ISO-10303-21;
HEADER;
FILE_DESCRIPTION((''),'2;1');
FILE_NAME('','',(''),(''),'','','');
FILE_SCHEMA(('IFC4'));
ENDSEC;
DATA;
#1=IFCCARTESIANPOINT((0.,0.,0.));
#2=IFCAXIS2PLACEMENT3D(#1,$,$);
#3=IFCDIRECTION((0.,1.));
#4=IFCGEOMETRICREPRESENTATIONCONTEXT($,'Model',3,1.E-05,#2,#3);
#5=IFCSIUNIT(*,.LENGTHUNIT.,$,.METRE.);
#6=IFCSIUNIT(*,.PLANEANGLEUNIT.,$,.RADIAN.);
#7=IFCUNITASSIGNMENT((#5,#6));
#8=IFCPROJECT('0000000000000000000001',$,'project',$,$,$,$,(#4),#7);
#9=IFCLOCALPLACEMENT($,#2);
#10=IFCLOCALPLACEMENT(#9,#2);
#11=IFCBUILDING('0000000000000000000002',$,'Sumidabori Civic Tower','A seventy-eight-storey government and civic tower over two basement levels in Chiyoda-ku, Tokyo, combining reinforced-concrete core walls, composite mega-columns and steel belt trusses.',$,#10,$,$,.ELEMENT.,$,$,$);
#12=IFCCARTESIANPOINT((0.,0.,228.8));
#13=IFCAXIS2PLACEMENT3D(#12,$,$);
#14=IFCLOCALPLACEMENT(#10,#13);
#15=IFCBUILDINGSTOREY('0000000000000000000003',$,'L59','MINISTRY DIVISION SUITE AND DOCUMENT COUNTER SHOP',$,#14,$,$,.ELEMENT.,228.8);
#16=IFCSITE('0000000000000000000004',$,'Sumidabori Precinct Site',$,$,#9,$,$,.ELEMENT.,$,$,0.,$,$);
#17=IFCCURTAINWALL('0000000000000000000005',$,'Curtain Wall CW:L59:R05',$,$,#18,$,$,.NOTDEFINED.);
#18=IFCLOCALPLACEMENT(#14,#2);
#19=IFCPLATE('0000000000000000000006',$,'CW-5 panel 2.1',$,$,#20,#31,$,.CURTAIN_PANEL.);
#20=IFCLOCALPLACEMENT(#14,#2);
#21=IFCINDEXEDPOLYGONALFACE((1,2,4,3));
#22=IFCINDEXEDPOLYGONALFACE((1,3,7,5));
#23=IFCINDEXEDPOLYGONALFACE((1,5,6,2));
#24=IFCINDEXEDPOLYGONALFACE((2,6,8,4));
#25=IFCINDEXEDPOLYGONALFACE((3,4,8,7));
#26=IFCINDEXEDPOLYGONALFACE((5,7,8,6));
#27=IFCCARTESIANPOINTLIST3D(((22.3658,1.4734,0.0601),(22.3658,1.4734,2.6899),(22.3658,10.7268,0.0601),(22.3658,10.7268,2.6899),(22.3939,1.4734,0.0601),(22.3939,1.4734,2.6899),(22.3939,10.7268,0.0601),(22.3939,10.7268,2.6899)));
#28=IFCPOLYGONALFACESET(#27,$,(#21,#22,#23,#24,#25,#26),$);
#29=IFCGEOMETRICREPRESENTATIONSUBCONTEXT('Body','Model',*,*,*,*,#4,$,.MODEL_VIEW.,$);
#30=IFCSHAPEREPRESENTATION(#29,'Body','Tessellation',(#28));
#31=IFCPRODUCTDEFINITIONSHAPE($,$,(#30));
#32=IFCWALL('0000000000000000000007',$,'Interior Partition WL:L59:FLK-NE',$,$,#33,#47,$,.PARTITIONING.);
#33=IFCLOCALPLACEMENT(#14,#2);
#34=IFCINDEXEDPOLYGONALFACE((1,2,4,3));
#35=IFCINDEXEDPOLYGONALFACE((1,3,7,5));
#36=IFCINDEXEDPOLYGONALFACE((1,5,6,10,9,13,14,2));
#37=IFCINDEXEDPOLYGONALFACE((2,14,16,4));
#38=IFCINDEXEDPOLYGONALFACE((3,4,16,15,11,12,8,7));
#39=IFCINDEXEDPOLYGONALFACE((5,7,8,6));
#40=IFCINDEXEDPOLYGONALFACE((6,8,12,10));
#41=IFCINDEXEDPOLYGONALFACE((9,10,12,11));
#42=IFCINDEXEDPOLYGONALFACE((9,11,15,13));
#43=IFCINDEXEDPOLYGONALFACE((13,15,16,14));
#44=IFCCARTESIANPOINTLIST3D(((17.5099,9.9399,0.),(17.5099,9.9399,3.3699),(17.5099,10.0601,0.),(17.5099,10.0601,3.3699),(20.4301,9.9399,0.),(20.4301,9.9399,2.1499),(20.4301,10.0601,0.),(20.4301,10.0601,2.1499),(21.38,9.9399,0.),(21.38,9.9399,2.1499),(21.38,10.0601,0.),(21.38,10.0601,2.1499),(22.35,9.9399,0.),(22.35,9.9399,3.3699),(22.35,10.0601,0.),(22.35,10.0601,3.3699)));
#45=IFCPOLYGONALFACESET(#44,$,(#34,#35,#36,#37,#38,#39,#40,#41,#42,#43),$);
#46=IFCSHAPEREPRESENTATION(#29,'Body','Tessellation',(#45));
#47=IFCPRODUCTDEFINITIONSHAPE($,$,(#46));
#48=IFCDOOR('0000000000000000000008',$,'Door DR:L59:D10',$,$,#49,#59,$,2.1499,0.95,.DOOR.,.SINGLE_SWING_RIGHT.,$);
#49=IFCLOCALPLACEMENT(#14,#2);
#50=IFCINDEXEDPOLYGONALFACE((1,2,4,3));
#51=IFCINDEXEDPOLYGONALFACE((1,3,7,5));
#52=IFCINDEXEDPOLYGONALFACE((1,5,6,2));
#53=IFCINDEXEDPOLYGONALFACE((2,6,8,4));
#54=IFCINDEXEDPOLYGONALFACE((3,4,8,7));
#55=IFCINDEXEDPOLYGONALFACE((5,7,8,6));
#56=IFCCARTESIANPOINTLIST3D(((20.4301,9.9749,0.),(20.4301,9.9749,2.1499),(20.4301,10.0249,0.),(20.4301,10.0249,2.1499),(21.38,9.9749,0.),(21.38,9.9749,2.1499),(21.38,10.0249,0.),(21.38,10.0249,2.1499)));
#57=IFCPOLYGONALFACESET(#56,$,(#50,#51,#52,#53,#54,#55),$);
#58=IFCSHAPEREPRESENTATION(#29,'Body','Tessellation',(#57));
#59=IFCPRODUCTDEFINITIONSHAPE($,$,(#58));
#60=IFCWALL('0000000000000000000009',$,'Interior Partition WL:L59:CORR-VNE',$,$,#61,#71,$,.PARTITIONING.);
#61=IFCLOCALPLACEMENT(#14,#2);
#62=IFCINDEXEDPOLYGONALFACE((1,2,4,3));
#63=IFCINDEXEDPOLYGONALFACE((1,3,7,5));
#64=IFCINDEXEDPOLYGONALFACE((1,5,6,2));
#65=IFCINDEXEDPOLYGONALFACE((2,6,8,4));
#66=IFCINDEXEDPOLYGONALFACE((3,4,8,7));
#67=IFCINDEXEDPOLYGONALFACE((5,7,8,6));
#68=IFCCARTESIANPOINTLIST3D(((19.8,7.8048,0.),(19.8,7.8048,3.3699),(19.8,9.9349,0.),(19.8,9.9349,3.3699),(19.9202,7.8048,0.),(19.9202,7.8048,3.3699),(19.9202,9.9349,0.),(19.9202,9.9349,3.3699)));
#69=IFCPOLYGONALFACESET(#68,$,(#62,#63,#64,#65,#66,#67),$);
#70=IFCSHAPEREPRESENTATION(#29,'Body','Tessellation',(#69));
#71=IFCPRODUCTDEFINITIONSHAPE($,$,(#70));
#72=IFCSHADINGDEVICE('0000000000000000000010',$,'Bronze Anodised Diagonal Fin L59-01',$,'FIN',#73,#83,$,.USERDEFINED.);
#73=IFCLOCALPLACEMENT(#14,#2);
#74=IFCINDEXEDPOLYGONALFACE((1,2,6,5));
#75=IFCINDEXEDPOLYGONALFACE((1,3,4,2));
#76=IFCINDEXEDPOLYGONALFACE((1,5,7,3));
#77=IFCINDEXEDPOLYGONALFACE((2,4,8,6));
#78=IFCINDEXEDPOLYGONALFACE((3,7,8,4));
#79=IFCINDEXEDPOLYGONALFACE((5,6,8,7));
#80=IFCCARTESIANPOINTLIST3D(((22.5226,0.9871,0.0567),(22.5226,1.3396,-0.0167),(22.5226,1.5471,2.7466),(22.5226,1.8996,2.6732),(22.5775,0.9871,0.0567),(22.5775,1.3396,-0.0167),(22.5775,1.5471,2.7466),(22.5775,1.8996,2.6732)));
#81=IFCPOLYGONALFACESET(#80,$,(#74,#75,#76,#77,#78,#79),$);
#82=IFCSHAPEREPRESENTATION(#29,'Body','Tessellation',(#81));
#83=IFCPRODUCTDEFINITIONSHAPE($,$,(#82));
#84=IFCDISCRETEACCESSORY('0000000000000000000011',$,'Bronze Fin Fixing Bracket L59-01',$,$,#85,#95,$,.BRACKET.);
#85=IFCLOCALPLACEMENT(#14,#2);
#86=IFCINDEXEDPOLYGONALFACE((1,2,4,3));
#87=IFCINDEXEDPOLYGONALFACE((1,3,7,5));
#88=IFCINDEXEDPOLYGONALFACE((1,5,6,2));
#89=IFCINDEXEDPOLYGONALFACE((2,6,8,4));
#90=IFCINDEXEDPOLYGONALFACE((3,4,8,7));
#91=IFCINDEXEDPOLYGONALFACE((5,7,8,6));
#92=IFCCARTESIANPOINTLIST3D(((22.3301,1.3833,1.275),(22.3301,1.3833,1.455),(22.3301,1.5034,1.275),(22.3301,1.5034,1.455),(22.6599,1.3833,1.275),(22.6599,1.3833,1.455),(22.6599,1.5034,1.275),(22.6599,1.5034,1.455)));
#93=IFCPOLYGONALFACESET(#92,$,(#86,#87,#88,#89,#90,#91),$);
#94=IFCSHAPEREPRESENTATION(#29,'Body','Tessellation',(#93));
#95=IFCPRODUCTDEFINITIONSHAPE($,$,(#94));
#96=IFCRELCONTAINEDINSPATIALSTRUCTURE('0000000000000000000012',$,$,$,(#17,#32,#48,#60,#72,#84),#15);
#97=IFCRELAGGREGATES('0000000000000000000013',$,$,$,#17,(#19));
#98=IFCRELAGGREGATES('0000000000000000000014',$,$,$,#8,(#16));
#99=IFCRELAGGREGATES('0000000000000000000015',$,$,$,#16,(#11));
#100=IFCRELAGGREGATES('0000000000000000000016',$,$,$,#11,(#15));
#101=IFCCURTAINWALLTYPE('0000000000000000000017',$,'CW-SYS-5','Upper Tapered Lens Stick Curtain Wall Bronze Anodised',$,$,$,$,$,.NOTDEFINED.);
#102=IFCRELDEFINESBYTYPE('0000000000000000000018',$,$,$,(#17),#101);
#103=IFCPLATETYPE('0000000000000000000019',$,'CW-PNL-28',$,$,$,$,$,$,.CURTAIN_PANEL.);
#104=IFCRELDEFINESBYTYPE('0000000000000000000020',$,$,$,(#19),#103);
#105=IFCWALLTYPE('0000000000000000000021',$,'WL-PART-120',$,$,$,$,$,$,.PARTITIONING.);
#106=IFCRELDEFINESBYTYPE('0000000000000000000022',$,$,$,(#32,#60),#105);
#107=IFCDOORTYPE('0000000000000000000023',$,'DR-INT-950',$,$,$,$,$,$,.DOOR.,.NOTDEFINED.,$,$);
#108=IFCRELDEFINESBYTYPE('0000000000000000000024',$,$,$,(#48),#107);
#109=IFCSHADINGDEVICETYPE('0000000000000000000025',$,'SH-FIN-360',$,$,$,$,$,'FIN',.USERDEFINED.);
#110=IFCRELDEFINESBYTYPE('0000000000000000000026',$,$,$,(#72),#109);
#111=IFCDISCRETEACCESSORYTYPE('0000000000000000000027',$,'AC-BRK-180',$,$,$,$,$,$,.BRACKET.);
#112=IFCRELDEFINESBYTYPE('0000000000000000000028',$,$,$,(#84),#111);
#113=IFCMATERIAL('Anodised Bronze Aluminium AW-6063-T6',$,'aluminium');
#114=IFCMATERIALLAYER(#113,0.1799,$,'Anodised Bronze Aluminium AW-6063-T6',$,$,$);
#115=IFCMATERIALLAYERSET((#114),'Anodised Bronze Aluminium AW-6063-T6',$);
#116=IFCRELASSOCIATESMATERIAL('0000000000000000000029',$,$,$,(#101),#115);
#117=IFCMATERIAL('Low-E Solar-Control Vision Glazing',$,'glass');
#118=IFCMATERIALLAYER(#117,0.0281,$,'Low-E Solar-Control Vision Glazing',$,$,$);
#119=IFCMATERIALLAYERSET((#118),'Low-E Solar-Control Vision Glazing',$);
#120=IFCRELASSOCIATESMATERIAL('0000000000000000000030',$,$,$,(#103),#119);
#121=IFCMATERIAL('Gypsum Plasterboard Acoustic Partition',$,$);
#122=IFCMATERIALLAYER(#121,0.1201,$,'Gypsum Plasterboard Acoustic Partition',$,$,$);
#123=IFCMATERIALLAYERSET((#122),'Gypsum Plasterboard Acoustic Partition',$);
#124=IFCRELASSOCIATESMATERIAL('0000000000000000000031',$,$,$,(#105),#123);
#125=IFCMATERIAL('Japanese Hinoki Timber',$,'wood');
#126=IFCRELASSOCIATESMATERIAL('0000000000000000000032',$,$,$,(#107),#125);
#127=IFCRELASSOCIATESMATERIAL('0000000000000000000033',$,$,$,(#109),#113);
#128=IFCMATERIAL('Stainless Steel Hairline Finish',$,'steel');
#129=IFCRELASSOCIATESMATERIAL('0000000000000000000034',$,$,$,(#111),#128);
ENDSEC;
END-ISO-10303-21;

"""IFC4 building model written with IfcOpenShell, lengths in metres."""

from ifc_helpers import new_model, si_unit, direction, frame, frame_2d, origin, origin_2d, place, context, subcontext, project, spatial, rectangle, extrude, source, transform, mapped, material, layer, layer_set, material_profile, profile_set, type_object, element, fill, aggregate, save


model = new_model("IFC4")

# Units and contexts
model_context = context("Model", 3, precision=1e-05, world=origin(), true_north=direction((0.0, 1.0)))
body_context = subcontext(model_context, "Body", "Model", "MODEL_VIEW")
ifc_project = project(units=[si_unit("LENGTHUNIT", "METRE"), si_unit("PLANEANGLEUNIT", "RADIAN")], contexts=[model_context])

# Site, building, storey
site_placement = place(None, origin())
site = spatial("IfcSite", under=ifc_project, at=site_placement, Name="Sumidabori Precinct Site", CompositionType="ELEMENT", RefElevation=0.0)
building_placement = place(site_placement, origin())
building = spatial("IfcBuilding", under=site, at=building_placement, Name="Sumidabori Civic Tower", Description="A seventy-eight-storey government and civic tower over two basement levels in Chiyoda-ku, Tokyo, combining reinforced-concrete core walls, composite mega-columns and steel belt trusses.", CompositionType="ELEMENT")
storey_placement = place(building_placement, frame((0.0, 0.0, 228.8)))
storey = spatial("IfcBuildingStorey", under=building, at=storey_placement, Name="L59", Description="MINISTRY DIVISION SUITE AND DOCUMENT COUNTER SHOP", CompositionType="ELEMENT", Elevation=228.8)

# Curtain wall, plate
ifc_material_1 = material(Name="Anodised Bronze Aluminium AW-6063-T6", Category="aluminium")
ifc_layer_1 = layer(ifc_material_1, 0.1799, Name="Anodised Bronze Aluminium AW-6063-T6")
ifc_layer_set_1 = layer_set([ifc_layer_1], Name="Anodised Bronze Aluminium AW-6063-T6")
curtain_wall_type = type_object("IfcCurtainWallType", Name="CW-SYS-5", Description="Upper Tapered Lens Stick Curtain Wall Bronze Anodised", PredefinedType="NOTDEFINED", material=ifc_layer_set_1)
curtain_wall_placement = place(storey_placement, origin())
curtain_wall = element("IfcCurtainWall", 1, at=curtain_wall_placement, inside=storey, type_object=curtain_wall_type, Name="Curtain Wall CW:L59:R05", PredefinedType="NOTDEFINED")
ifc_material_2 = material(Name="Low-E Solar-Control Vision Glazing", Category="glass")
ifc_layer_2 = layer(ifc_material_2, 0.0281, Name="Low-E Solar-Control Vision Glazing")
ifc_layer_set_2 = layer_set([ifc_layer_2], Name="Low-E Solar-Control Vision Glazing")
plate_type = type_object("IfcPlateType", Name="CW-PNL-28", PredefinedType="CURTAIN_PANEL", material=ifc_layer_set_2)
shared_shape_1 = source(origin(), body_context, "Body", "SweptSolid", [
    extrude(rectangle(XDim=9.2534, YDim=0.0281, at=origin_2d()), origin(), (0.0, 0.0, 1.0), 2.6299),
])
plate_placement = place(storey_placement, frame((22.3799, 6.1001, 0.0601), z_axis=(0.0, 0.0, 1.0), x_axis=(0.0, 1.0, 0.0)))
plate = element("IfcPlate", 2, at=plate_placement, type_object=plate_type, Name="CW-5 panel 2.1", PredefinedType="CURTAIN_PANEL", context=body_context, shape_type="MappedRepresentation", body=[
    mapped(shared_shape_1, transform((0.0, 0.0, 0.0), x_axis=(1.0, 0.0, 0.0), y_axis=(0.0, 1.0, 0.0), z_axis=(0.0, 0.0, 1.0), scale=1.0)),
])
aggregate(curtain_wall, [plate])

# Wall, opening, door
ifc_material_3 = material(Name="Gypsum Plasterboard Acoustic Partition")
ifc_layer_3 = layer(ifc_material_3, 0.1201, Name="Gypsum Plasterboard Acoustic Partition")
ifc_layer_set_3 = layer_set([ifc_layer_3], Name="Gypsum Plasterboard Acoustic Partition")
wall_type = type_object("IfcWallType", Name="WL-PART-120", PredefinedType="PARTITIONING", material=ifc_layer_set_3)
shared_shape_2 = source(origin(), body_context, "Body", "SweptSolid", [
    extrude(rectangle(XDim=4.8401, YDim=0.1201, at=frame_2d((2.4199, 0.0))), origin(), (0.0, 0.0, 1.0), 3.3699),
])
wall_1_placement = place(storey_placement, frame((17.51, 10.0, 0.0), z_axis=(0.0, 0.0, 1.0), x_axis=(1.0, 0.0, 0.0)))
wall_1 = element("IfcWall", 3, at=wall_1_placement, inside=storey, type_object=wall_type, Name="Interior Partition WL:L59:FLK-NE", PredefinedType="PARTITIONING", context=body_context, shape_type="MappedRepresentation", body=[
    mapped(shared_shape_2, transform((0.0, 0.0, 0.0), x_axis=(1.0, 0.0, 0.0), y_axis=(0.0, 1.0, 0.0), z_axis=(0.0, 0.0, 1.0), scale=1.0)),
])
opening_1_placement = place(wall_1_placement, frame((2.9199, 0.0, 0.0)))
opening_1 = element("IfcOpeningElement", 4, at=opening_1_placement, cuts=wall_1, PredefinedType="OPENING", context=body_context, shape_type="SweptSolid", body=[
    extrude(rectangle(XDim=0.95, YDim=2.1499, at=frame_2d((0.4751, 1.075))), frame((0.0, 0.072, 0.0), z_axis=(0.0, -1.0, 0.0), x_axis=(1.0, 0.0, 0.0)), (0.0, 0.0, 1.0), 0.144),
])
ifc_material_4 = material(Name="Japanese Hinoki Timber", Category="wood")
door_type = type_object("IfcDoorType", Name="DR-INT-950", OperationType="NOTDEFINED", PredefinedType="DOOR", material=ifc_material_4)
shared_shape_3 = source(origin(), body_context, "Body", "SweptSolid", [
    extrude(rectangle(XDim=0.95, YDim=2.1499, at=frame_2d((0.4751, 1.075))), frame((0.0, 0.0249, 0.0), z_axis=(0.0, -1.0, 0.0), x_axis=(1.0, 0.0, 0.0)), (0.0, 0.0, 1.0), 0.05),
])
door_1_placement = place(opening_1_placement, origin())
door_1 = element("IfcDoor", 5, at=door_1_placement, inside=storey, type_object=door_type, Name="Door DR:L59:D10", OperationType="SINGLE_SWING_RIGHT", OverallHeight=2.1499, OverallWidth=0.95, PredefinedType="DOOR", context=body_context, shape_type="MappedRepresentation", body=[
    mapped(shared_shape_3, transform((0.0, 0.0, 0.0), x_axis=(1.0, 0.0, 0.0), y_axis=(0.0, 1.0, 0.0), z_axis=(0.0, 0.0, 1.0), scale=1.0)),
])
fill(opening_1, door_1)

# Wall
shared_shape_4 = source(origin(), body_context, "Body", "SweptSolid", [
    extrude(rectangle(XDim=2.1301, YDim=0.1201, at=frame_2d((1.0649, 0.0))), origin(), (0.0, 0.0, 1.0), 3.3699),
])
wall_2_placement = place(storey_placement, frame((19.8601, 7.8049, 0.0), z_axis=(0.0, 0.0, 1.0), x_axis=(0.0, 1.0, 0.0)))
element("IfcWall", 6, at=wall_2_placement, inside=storey, type_object=wall_type, Name="Interior Partition WL:L59:CORR-VNE", PredefinedType="PARTITIONING", context=body_context, shape_type="MappedRepresentation", body=[
    mapped(shared_shape_4, transform((0.0, 0.0, 0.0), x_axis=(1.0, 0.0, 0.0), y_axis=(0.0, 1.0, 0.0), z_axis=(0.0, 0.0, 1.0), scale=1.0)),
])

# Shading device
ifc_material_profile_1 = material_profile(ifc_material_1, rectangle(XDim=0.0549, YDim=0.3601, at=origin_2d()), Name="BRONZE FIN 360x55")
ifc_profile_set_1 = profile_set([ifc_material_profile_1], Name="Anodised Bronze Aluminium AW-6063-T6")
shading_device_type = type_object("IfcShadingDeviceType", Name="SH-FIN-360", ElementType="FIN", PredefinedType="USERDEFINED", material=ifc_profile_set_1)
shared_shape_5 = source(origin(), body_context, "Body", "SweptSolid", [
    extrude(rectangle(XDim=0.0549, YDim=0.3601, at=origin_2d()), origin(), (0.0, 0.0, 1.0), 2.7476),
])
shading_device_placement = place(storey_placement, frame((22.55, 1.1633, 0.02), z_axis=(0.0, 0.203834, 0.979006), x_axis=(-1.0, 0.0, 0.0)))
element("IfcShadingDevice", 7, at=shading_device_placement, inside=storey, type_object=shading_device_type, Name="Bronze Anodised Diagonal Fin L59-01", ObjectType="FIN", PredefinedType="USERDEFINED", context=body_context, shape_type="MappedRepresentation", body=[
    mapped(shared_shape_5, transform((0.0, 0.0, 0.0), x_axis=(1.0, 0.0, 0.0), y_axis=(0.0, 1.0, 0.0), z_axis=(0.0, 0.0, 1.0), scale=1.0)),
])

# Discrete accessory
ifc_material_5 = material(Name="Stainless Steel Hairline Finish", Category="steel")
ifc_material_profile_2 = material_profile(ifc_material_5, rectangle(XDim=0.1201, YDim=0.1799, at=origin_2d()), Name="STEEL BRACKET 180x120")
ifc_profile_set_2 = profile_set([ifc_material_profile_2], Name="Stainless Steel Hairline Finish")
discrete_accessory_type = type_object("IfcDiscreteAccessoryType", Name="AC-BRK-180", PredefinedType="BRACKET", material=ifc_profile_set_2)
shared_shape_6 = source(origin(), body_context, "Body", "SweptSolid", [
    extrude(rectangle(XDim=0.1201, YDim=0.1799, at=origin_2d()), origin(), (0.0, 0.0, 1.0), 0.3298),
])
discrete_accessory_placement = place(storey_placement, frame((22.3301, 1.4434, 1.365), z_axis=(1.0, 0.0, 0.0), x_axis=(0.0, 1.0, 0.0)))
element("IfcDiscreteAccessory", 8, at=discrete_accessory_placement, inside=storey, type_object=discrete_accessory_type, Name="Bronze Fin Fixing Bracket L59-01", PredefinedType="BRACKET", context=body_context, shape_type="MappedRepresentation", body=[
    mapped(shared_shape_6, transform((0.0, 0.0, 0.0), x_axis=(1.0, 0.0, 0.0), y_axis=(0.0, 1.0, 0.0), z_axis=(0.0, 0.0, 1.0), scale=1.0)),
])

save(model, "model.ifc")
